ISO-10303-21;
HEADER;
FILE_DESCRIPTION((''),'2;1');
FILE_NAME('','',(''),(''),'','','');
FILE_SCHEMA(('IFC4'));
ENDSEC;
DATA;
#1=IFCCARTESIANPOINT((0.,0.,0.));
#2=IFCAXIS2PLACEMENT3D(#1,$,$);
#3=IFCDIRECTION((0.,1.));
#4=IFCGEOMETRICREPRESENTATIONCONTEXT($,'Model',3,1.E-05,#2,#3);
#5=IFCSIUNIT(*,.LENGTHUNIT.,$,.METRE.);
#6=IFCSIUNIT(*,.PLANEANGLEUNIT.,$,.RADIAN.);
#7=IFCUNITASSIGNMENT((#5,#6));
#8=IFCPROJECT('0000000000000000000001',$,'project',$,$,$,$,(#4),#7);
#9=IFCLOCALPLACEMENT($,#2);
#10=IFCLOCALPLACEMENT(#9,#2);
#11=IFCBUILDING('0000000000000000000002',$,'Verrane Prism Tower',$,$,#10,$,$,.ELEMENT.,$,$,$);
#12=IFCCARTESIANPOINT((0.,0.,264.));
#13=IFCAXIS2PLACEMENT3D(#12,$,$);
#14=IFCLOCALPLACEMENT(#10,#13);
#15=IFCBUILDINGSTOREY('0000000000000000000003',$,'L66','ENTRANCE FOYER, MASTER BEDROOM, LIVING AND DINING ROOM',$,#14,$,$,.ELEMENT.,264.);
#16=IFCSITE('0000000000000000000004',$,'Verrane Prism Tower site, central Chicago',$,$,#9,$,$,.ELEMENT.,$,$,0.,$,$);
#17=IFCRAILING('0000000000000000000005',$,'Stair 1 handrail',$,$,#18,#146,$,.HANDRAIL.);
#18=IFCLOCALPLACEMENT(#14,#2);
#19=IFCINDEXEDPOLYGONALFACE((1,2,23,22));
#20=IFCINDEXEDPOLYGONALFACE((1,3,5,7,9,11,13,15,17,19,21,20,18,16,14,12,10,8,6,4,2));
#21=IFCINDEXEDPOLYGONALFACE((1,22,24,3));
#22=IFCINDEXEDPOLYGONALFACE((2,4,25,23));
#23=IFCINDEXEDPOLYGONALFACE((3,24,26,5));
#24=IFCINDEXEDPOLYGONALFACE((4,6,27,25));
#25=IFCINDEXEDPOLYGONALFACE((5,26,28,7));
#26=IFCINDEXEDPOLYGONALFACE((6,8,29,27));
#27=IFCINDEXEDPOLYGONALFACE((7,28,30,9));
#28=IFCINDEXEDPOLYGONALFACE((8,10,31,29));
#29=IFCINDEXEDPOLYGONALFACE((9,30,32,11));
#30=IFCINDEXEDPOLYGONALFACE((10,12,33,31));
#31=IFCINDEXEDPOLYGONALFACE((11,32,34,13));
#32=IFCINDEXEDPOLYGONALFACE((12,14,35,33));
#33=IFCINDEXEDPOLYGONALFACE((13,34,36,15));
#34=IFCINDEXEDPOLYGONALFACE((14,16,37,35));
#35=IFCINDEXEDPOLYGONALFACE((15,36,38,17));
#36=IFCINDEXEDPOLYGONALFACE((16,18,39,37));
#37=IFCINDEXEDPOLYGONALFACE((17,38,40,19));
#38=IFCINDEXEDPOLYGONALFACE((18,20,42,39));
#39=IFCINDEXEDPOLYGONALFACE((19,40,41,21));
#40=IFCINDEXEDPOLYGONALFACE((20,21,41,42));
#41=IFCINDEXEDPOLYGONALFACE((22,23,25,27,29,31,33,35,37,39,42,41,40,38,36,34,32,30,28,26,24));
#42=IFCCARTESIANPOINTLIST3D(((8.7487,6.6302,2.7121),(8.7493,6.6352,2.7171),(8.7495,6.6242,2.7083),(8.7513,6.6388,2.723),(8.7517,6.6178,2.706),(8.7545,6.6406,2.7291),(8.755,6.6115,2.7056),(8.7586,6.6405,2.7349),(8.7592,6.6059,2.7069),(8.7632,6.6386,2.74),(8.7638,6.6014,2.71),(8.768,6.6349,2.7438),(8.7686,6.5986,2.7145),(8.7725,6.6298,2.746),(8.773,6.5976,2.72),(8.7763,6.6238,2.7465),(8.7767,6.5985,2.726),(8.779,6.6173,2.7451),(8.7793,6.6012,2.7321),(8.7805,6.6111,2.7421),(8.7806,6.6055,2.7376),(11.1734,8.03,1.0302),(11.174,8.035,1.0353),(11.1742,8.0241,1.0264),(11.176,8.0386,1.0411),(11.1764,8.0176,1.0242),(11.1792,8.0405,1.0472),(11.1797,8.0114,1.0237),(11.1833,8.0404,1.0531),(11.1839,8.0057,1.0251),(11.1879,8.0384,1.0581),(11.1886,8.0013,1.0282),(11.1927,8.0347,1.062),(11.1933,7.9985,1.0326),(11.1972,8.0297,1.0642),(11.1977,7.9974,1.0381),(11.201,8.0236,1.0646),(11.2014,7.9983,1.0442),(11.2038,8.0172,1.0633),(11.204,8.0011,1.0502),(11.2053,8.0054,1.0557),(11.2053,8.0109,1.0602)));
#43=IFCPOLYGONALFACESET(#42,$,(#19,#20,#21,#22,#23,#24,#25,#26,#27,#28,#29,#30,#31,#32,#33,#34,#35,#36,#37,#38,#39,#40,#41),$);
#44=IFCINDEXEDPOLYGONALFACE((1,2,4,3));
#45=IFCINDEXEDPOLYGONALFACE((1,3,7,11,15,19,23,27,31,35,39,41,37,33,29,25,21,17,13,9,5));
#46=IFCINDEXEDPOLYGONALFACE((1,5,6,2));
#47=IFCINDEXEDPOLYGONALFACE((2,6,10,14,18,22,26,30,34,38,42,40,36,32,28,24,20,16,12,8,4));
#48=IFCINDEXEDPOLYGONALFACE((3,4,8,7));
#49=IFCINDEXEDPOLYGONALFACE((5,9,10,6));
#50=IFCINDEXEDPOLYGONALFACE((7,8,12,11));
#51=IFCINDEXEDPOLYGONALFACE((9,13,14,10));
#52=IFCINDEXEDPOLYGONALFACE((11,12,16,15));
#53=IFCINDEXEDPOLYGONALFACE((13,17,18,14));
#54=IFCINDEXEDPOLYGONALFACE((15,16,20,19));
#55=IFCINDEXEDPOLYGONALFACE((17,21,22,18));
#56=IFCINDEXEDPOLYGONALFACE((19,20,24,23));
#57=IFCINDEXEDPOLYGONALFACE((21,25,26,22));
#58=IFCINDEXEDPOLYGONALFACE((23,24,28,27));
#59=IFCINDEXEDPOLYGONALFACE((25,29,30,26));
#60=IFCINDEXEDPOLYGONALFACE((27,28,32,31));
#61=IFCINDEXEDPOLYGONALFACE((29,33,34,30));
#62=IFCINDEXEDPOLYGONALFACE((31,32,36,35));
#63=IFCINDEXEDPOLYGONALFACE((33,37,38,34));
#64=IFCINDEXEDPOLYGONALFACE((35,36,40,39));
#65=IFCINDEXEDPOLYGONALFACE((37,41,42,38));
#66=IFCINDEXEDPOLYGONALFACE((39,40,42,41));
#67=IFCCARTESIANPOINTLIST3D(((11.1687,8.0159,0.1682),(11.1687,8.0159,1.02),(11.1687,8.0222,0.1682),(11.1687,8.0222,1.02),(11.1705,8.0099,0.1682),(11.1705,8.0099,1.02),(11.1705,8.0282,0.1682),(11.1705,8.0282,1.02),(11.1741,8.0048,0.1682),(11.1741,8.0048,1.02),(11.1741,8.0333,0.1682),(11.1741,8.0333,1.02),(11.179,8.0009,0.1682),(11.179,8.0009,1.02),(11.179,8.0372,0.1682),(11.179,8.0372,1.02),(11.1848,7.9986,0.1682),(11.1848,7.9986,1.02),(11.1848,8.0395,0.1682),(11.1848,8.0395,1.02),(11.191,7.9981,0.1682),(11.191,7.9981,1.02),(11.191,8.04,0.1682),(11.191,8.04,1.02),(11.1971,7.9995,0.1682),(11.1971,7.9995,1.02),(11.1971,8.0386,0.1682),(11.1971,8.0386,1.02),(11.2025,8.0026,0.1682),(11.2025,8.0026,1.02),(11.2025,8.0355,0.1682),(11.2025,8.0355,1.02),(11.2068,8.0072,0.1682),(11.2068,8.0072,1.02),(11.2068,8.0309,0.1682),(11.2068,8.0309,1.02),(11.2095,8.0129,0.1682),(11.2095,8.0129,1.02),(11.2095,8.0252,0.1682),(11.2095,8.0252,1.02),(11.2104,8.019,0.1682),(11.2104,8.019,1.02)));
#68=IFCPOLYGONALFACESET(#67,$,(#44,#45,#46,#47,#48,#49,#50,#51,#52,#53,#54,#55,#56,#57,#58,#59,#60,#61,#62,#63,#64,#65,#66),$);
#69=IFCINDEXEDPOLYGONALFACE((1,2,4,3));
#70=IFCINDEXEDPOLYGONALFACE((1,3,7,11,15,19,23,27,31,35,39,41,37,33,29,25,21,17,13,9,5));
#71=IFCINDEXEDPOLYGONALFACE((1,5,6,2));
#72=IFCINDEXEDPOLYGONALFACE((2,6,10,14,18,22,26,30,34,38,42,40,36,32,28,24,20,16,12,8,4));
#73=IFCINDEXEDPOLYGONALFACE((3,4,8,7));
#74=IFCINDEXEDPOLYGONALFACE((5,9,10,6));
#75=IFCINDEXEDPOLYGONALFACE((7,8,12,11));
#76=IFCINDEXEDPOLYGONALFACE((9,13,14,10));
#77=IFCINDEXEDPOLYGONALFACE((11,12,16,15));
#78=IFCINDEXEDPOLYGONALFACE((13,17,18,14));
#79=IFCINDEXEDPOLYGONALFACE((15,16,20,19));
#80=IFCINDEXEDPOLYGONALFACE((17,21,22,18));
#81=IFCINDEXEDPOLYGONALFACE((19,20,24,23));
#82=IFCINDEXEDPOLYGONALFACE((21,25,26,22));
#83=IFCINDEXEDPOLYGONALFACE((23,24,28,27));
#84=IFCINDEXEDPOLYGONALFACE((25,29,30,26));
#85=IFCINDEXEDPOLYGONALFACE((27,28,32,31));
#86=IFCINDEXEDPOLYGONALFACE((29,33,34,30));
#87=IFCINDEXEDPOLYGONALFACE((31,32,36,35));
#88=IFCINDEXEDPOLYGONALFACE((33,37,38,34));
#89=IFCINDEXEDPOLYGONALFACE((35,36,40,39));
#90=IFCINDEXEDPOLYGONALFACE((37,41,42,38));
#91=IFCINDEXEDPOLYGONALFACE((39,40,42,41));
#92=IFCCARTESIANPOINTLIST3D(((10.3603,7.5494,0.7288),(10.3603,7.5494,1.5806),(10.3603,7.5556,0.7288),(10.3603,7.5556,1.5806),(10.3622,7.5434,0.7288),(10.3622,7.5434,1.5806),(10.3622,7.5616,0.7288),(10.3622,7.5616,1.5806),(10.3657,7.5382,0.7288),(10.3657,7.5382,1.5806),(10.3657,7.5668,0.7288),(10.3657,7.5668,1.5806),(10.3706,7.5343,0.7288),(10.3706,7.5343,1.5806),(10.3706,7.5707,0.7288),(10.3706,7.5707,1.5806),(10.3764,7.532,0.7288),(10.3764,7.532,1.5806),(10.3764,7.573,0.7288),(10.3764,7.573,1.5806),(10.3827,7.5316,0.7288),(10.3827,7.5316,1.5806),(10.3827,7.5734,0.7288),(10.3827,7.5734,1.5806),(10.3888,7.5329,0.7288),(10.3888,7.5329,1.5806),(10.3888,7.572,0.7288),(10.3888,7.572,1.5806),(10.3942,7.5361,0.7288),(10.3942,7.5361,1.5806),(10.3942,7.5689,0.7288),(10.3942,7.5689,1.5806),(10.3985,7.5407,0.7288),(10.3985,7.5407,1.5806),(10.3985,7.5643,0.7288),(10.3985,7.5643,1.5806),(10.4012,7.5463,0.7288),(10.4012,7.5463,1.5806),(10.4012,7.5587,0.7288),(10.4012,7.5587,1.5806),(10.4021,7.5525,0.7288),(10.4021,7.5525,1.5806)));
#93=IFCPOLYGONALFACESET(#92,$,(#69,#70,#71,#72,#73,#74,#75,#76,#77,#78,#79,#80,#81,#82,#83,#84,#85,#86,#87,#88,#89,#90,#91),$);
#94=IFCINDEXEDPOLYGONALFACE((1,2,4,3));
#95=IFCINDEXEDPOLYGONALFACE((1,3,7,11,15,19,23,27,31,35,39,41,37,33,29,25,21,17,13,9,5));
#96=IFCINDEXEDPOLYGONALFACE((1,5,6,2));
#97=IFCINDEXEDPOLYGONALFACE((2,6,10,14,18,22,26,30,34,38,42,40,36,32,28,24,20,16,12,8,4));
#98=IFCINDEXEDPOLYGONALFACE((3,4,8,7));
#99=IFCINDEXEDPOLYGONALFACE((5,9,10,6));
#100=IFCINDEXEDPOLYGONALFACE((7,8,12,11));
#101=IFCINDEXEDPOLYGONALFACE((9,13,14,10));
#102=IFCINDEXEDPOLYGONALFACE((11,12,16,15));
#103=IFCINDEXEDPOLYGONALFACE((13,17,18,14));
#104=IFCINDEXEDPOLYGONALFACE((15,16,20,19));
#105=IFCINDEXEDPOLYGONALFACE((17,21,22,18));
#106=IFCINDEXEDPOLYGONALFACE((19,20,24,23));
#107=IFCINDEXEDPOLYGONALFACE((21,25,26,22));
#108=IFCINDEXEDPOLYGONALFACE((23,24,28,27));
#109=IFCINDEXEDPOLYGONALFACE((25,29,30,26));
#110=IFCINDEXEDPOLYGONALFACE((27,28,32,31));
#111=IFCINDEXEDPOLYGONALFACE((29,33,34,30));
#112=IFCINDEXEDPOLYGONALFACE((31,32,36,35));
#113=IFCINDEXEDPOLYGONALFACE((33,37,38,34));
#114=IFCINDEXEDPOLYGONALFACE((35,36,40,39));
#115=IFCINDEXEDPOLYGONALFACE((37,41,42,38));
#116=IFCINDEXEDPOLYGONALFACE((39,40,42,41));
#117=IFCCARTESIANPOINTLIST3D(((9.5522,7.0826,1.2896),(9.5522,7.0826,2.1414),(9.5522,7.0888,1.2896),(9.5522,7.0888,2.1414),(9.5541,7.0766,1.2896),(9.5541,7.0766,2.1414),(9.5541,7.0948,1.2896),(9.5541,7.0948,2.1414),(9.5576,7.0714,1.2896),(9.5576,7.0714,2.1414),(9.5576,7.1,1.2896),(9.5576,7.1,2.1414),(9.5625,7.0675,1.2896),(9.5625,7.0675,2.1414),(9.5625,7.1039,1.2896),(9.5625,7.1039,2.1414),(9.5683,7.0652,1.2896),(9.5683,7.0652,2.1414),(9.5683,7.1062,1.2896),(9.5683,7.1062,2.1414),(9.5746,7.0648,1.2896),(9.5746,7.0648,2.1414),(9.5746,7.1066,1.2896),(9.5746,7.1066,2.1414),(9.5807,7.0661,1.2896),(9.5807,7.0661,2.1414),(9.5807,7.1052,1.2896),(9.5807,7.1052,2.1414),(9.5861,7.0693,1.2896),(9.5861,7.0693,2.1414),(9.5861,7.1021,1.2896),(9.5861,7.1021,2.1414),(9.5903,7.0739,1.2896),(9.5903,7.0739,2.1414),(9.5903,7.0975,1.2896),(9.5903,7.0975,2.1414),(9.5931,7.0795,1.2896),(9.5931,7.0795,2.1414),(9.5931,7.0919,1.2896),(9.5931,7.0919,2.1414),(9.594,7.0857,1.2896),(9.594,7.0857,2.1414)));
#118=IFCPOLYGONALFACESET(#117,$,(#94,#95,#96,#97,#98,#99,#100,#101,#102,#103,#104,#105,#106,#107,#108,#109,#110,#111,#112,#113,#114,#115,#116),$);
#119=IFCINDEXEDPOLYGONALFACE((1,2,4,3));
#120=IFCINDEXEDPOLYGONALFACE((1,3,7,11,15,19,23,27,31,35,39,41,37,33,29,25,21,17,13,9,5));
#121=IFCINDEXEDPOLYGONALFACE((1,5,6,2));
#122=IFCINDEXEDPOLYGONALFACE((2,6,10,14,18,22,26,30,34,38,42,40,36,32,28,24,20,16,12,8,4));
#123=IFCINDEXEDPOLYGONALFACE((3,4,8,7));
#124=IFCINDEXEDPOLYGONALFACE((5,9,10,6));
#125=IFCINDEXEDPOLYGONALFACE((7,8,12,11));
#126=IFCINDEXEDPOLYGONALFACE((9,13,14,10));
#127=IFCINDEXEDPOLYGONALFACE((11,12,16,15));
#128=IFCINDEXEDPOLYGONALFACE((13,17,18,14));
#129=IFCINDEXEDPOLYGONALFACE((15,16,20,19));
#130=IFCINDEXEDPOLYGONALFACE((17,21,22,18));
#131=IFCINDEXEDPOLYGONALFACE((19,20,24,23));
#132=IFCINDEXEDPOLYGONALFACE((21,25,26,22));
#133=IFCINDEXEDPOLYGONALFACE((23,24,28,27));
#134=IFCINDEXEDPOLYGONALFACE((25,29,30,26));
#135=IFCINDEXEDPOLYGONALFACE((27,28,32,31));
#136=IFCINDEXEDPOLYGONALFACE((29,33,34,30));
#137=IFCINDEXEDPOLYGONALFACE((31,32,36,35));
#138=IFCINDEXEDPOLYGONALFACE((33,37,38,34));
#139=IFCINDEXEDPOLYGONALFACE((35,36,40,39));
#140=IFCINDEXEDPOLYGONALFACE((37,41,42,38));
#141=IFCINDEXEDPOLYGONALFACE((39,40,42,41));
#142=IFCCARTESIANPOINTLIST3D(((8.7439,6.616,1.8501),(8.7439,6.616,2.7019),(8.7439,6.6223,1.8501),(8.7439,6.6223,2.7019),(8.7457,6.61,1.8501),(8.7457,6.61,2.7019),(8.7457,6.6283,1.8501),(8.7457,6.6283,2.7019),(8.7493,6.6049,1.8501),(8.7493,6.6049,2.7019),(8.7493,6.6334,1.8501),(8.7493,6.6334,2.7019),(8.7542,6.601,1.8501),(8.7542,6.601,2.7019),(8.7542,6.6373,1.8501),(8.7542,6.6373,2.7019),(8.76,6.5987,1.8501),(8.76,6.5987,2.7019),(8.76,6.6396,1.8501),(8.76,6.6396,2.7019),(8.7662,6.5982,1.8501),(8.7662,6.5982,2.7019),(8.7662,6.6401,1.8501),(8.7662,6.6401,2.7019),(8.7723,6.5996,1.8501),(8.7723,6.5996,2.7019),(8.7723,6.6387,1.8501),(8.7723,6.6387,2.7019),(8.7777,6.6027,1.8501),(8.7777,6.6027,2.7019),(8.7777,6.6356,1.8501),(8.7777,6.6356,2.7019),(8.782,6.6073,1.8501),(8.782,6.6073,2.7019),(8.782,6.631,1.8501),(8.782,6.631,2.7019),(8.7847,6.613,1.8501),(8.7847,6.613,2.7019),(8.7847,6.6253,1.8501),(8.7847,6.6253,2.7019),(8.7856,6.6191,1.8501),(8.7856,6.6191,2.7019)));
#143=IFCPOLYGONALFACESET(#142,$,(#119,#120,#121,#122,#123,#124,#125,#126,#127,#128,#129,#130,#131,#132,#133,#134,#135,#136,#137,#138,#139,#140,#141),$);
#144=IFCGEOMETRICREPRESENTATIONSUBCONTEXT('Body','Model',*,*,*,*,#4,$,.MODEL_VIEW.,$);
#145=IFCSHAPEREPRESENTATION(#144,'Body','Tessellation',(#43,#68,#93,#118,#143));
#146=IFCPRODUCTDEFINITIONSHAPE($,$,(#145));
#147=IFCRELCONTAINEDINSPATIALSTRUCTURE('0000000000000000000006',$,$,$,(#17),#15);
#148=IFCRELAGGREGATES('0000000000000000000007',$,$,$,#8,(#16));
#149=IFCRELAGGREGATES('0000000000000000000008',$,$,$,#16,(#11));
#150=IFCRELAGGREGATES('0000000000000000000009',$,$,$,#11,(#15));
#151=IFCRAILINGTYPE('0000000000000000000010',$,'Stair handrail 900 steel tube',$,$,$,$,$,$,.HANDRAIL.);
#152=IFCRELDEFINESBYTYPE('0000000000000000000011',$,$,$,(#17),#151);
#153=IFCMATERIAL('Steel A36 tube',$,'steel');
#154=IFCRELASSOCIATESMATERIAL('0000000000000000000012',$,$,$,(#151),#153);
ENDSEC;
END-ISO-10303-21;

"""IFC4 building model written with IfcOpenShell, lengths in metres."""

from ifc_helpers import new_model, si_unit, direction, frame, origin, origin_2d, place, context, subcontext, project, spatial, circle, extrude, material, type_object, element, save


model = new_model("IFC4")

# Units and contexts
model_context = context("Model", 3, precision=1e-05, world=origin(), true_north=direction((0.0, 1.0)))
body_context = subcontext(model_context, "Body", "Model", "MODEL_VIEW")
ifc_project = project(units=[si_unit("LENGTHUNIT", "METRE"), si_unit("PLANEANGLEUNIT", "RADIAN")], contexts=[model_context])

# Site, building, storey
site_placement = place(None, origin())
site = spatial("IfcSite", under=ifc_project, at=site_placement, Name="Verrane Prism Tower site, central Chicago", CompositionType="ELEMENT", RefElevation=0.0)
building_placement = place(site_placement, origin())
building = spatial("IfcBuilding", under=site, at=building_placement, Name="Verrane Prism Tower", CompositionType="ELEMENT")
storey_placement = place(building_placement, frame((0.0, 0.0, 264.0)))
storey = spatial("IfcBuildingStorey", under=building, at=storey_placement, Name="L66", Description="ENTRANCE FOYER, MASTER BEDROOM, LIVING AND DINING ROOM", CompositionType="ELEMENT", Elevation=264.0)

# Railing
ifc_material_1 = material(Name="Steel A36 tube", Category="steel")
railing_type = type_object("IfcRailingType", Name="Stair handrail 900 steel tube", PredefinedType="HANDRAIL", material=ifc_material_1)
railing_1_placement = place(storey_placement, frame((11.1895, 8.019, 0.1682)))
element("IfcRailing", 1, at=railing_1_placement, inside=storey, type_object=railing_type, Name="Stair 1 handrail", PredefinedType="HANDRAIL", context=body_context, shape_type="SweptSolid", body=[
    extrude(circle(Radius=0.0239, at=origin_2d()), frame((0.0, 0.0, 0.876), z_axis=(-0.74239, -0.428601, 0.514934), x_axis=(0.499984, -0.866035, 0.0)), (0.0, 0.0, 1.0), 3.2661),
    extrude(circle(Radius=0.021, at=origin_2d()), origin(), (0.0, 0.0, 1.0), 0.8518),
    extrude(circle(Radius=0.021, at=origin_2d()), frame((-0.8083, -0.4666, 0.5605)), (0.0, 0.0, 1.0), 0.8518),
    extrude(circle(Radius=0.021, at=origin_2d()), frame((-1.6165, -0.9333, 1.1213)), (0.0, 0.0, 1.0), 0.8518),
    extrude(circle(Radius=0.021, at=origin_2d()), frame((-2.4248, -1.3999, 1.6819)), (0.0, 0.0, 1.0), 0.8518),
])

save(model, "model.ifc")
